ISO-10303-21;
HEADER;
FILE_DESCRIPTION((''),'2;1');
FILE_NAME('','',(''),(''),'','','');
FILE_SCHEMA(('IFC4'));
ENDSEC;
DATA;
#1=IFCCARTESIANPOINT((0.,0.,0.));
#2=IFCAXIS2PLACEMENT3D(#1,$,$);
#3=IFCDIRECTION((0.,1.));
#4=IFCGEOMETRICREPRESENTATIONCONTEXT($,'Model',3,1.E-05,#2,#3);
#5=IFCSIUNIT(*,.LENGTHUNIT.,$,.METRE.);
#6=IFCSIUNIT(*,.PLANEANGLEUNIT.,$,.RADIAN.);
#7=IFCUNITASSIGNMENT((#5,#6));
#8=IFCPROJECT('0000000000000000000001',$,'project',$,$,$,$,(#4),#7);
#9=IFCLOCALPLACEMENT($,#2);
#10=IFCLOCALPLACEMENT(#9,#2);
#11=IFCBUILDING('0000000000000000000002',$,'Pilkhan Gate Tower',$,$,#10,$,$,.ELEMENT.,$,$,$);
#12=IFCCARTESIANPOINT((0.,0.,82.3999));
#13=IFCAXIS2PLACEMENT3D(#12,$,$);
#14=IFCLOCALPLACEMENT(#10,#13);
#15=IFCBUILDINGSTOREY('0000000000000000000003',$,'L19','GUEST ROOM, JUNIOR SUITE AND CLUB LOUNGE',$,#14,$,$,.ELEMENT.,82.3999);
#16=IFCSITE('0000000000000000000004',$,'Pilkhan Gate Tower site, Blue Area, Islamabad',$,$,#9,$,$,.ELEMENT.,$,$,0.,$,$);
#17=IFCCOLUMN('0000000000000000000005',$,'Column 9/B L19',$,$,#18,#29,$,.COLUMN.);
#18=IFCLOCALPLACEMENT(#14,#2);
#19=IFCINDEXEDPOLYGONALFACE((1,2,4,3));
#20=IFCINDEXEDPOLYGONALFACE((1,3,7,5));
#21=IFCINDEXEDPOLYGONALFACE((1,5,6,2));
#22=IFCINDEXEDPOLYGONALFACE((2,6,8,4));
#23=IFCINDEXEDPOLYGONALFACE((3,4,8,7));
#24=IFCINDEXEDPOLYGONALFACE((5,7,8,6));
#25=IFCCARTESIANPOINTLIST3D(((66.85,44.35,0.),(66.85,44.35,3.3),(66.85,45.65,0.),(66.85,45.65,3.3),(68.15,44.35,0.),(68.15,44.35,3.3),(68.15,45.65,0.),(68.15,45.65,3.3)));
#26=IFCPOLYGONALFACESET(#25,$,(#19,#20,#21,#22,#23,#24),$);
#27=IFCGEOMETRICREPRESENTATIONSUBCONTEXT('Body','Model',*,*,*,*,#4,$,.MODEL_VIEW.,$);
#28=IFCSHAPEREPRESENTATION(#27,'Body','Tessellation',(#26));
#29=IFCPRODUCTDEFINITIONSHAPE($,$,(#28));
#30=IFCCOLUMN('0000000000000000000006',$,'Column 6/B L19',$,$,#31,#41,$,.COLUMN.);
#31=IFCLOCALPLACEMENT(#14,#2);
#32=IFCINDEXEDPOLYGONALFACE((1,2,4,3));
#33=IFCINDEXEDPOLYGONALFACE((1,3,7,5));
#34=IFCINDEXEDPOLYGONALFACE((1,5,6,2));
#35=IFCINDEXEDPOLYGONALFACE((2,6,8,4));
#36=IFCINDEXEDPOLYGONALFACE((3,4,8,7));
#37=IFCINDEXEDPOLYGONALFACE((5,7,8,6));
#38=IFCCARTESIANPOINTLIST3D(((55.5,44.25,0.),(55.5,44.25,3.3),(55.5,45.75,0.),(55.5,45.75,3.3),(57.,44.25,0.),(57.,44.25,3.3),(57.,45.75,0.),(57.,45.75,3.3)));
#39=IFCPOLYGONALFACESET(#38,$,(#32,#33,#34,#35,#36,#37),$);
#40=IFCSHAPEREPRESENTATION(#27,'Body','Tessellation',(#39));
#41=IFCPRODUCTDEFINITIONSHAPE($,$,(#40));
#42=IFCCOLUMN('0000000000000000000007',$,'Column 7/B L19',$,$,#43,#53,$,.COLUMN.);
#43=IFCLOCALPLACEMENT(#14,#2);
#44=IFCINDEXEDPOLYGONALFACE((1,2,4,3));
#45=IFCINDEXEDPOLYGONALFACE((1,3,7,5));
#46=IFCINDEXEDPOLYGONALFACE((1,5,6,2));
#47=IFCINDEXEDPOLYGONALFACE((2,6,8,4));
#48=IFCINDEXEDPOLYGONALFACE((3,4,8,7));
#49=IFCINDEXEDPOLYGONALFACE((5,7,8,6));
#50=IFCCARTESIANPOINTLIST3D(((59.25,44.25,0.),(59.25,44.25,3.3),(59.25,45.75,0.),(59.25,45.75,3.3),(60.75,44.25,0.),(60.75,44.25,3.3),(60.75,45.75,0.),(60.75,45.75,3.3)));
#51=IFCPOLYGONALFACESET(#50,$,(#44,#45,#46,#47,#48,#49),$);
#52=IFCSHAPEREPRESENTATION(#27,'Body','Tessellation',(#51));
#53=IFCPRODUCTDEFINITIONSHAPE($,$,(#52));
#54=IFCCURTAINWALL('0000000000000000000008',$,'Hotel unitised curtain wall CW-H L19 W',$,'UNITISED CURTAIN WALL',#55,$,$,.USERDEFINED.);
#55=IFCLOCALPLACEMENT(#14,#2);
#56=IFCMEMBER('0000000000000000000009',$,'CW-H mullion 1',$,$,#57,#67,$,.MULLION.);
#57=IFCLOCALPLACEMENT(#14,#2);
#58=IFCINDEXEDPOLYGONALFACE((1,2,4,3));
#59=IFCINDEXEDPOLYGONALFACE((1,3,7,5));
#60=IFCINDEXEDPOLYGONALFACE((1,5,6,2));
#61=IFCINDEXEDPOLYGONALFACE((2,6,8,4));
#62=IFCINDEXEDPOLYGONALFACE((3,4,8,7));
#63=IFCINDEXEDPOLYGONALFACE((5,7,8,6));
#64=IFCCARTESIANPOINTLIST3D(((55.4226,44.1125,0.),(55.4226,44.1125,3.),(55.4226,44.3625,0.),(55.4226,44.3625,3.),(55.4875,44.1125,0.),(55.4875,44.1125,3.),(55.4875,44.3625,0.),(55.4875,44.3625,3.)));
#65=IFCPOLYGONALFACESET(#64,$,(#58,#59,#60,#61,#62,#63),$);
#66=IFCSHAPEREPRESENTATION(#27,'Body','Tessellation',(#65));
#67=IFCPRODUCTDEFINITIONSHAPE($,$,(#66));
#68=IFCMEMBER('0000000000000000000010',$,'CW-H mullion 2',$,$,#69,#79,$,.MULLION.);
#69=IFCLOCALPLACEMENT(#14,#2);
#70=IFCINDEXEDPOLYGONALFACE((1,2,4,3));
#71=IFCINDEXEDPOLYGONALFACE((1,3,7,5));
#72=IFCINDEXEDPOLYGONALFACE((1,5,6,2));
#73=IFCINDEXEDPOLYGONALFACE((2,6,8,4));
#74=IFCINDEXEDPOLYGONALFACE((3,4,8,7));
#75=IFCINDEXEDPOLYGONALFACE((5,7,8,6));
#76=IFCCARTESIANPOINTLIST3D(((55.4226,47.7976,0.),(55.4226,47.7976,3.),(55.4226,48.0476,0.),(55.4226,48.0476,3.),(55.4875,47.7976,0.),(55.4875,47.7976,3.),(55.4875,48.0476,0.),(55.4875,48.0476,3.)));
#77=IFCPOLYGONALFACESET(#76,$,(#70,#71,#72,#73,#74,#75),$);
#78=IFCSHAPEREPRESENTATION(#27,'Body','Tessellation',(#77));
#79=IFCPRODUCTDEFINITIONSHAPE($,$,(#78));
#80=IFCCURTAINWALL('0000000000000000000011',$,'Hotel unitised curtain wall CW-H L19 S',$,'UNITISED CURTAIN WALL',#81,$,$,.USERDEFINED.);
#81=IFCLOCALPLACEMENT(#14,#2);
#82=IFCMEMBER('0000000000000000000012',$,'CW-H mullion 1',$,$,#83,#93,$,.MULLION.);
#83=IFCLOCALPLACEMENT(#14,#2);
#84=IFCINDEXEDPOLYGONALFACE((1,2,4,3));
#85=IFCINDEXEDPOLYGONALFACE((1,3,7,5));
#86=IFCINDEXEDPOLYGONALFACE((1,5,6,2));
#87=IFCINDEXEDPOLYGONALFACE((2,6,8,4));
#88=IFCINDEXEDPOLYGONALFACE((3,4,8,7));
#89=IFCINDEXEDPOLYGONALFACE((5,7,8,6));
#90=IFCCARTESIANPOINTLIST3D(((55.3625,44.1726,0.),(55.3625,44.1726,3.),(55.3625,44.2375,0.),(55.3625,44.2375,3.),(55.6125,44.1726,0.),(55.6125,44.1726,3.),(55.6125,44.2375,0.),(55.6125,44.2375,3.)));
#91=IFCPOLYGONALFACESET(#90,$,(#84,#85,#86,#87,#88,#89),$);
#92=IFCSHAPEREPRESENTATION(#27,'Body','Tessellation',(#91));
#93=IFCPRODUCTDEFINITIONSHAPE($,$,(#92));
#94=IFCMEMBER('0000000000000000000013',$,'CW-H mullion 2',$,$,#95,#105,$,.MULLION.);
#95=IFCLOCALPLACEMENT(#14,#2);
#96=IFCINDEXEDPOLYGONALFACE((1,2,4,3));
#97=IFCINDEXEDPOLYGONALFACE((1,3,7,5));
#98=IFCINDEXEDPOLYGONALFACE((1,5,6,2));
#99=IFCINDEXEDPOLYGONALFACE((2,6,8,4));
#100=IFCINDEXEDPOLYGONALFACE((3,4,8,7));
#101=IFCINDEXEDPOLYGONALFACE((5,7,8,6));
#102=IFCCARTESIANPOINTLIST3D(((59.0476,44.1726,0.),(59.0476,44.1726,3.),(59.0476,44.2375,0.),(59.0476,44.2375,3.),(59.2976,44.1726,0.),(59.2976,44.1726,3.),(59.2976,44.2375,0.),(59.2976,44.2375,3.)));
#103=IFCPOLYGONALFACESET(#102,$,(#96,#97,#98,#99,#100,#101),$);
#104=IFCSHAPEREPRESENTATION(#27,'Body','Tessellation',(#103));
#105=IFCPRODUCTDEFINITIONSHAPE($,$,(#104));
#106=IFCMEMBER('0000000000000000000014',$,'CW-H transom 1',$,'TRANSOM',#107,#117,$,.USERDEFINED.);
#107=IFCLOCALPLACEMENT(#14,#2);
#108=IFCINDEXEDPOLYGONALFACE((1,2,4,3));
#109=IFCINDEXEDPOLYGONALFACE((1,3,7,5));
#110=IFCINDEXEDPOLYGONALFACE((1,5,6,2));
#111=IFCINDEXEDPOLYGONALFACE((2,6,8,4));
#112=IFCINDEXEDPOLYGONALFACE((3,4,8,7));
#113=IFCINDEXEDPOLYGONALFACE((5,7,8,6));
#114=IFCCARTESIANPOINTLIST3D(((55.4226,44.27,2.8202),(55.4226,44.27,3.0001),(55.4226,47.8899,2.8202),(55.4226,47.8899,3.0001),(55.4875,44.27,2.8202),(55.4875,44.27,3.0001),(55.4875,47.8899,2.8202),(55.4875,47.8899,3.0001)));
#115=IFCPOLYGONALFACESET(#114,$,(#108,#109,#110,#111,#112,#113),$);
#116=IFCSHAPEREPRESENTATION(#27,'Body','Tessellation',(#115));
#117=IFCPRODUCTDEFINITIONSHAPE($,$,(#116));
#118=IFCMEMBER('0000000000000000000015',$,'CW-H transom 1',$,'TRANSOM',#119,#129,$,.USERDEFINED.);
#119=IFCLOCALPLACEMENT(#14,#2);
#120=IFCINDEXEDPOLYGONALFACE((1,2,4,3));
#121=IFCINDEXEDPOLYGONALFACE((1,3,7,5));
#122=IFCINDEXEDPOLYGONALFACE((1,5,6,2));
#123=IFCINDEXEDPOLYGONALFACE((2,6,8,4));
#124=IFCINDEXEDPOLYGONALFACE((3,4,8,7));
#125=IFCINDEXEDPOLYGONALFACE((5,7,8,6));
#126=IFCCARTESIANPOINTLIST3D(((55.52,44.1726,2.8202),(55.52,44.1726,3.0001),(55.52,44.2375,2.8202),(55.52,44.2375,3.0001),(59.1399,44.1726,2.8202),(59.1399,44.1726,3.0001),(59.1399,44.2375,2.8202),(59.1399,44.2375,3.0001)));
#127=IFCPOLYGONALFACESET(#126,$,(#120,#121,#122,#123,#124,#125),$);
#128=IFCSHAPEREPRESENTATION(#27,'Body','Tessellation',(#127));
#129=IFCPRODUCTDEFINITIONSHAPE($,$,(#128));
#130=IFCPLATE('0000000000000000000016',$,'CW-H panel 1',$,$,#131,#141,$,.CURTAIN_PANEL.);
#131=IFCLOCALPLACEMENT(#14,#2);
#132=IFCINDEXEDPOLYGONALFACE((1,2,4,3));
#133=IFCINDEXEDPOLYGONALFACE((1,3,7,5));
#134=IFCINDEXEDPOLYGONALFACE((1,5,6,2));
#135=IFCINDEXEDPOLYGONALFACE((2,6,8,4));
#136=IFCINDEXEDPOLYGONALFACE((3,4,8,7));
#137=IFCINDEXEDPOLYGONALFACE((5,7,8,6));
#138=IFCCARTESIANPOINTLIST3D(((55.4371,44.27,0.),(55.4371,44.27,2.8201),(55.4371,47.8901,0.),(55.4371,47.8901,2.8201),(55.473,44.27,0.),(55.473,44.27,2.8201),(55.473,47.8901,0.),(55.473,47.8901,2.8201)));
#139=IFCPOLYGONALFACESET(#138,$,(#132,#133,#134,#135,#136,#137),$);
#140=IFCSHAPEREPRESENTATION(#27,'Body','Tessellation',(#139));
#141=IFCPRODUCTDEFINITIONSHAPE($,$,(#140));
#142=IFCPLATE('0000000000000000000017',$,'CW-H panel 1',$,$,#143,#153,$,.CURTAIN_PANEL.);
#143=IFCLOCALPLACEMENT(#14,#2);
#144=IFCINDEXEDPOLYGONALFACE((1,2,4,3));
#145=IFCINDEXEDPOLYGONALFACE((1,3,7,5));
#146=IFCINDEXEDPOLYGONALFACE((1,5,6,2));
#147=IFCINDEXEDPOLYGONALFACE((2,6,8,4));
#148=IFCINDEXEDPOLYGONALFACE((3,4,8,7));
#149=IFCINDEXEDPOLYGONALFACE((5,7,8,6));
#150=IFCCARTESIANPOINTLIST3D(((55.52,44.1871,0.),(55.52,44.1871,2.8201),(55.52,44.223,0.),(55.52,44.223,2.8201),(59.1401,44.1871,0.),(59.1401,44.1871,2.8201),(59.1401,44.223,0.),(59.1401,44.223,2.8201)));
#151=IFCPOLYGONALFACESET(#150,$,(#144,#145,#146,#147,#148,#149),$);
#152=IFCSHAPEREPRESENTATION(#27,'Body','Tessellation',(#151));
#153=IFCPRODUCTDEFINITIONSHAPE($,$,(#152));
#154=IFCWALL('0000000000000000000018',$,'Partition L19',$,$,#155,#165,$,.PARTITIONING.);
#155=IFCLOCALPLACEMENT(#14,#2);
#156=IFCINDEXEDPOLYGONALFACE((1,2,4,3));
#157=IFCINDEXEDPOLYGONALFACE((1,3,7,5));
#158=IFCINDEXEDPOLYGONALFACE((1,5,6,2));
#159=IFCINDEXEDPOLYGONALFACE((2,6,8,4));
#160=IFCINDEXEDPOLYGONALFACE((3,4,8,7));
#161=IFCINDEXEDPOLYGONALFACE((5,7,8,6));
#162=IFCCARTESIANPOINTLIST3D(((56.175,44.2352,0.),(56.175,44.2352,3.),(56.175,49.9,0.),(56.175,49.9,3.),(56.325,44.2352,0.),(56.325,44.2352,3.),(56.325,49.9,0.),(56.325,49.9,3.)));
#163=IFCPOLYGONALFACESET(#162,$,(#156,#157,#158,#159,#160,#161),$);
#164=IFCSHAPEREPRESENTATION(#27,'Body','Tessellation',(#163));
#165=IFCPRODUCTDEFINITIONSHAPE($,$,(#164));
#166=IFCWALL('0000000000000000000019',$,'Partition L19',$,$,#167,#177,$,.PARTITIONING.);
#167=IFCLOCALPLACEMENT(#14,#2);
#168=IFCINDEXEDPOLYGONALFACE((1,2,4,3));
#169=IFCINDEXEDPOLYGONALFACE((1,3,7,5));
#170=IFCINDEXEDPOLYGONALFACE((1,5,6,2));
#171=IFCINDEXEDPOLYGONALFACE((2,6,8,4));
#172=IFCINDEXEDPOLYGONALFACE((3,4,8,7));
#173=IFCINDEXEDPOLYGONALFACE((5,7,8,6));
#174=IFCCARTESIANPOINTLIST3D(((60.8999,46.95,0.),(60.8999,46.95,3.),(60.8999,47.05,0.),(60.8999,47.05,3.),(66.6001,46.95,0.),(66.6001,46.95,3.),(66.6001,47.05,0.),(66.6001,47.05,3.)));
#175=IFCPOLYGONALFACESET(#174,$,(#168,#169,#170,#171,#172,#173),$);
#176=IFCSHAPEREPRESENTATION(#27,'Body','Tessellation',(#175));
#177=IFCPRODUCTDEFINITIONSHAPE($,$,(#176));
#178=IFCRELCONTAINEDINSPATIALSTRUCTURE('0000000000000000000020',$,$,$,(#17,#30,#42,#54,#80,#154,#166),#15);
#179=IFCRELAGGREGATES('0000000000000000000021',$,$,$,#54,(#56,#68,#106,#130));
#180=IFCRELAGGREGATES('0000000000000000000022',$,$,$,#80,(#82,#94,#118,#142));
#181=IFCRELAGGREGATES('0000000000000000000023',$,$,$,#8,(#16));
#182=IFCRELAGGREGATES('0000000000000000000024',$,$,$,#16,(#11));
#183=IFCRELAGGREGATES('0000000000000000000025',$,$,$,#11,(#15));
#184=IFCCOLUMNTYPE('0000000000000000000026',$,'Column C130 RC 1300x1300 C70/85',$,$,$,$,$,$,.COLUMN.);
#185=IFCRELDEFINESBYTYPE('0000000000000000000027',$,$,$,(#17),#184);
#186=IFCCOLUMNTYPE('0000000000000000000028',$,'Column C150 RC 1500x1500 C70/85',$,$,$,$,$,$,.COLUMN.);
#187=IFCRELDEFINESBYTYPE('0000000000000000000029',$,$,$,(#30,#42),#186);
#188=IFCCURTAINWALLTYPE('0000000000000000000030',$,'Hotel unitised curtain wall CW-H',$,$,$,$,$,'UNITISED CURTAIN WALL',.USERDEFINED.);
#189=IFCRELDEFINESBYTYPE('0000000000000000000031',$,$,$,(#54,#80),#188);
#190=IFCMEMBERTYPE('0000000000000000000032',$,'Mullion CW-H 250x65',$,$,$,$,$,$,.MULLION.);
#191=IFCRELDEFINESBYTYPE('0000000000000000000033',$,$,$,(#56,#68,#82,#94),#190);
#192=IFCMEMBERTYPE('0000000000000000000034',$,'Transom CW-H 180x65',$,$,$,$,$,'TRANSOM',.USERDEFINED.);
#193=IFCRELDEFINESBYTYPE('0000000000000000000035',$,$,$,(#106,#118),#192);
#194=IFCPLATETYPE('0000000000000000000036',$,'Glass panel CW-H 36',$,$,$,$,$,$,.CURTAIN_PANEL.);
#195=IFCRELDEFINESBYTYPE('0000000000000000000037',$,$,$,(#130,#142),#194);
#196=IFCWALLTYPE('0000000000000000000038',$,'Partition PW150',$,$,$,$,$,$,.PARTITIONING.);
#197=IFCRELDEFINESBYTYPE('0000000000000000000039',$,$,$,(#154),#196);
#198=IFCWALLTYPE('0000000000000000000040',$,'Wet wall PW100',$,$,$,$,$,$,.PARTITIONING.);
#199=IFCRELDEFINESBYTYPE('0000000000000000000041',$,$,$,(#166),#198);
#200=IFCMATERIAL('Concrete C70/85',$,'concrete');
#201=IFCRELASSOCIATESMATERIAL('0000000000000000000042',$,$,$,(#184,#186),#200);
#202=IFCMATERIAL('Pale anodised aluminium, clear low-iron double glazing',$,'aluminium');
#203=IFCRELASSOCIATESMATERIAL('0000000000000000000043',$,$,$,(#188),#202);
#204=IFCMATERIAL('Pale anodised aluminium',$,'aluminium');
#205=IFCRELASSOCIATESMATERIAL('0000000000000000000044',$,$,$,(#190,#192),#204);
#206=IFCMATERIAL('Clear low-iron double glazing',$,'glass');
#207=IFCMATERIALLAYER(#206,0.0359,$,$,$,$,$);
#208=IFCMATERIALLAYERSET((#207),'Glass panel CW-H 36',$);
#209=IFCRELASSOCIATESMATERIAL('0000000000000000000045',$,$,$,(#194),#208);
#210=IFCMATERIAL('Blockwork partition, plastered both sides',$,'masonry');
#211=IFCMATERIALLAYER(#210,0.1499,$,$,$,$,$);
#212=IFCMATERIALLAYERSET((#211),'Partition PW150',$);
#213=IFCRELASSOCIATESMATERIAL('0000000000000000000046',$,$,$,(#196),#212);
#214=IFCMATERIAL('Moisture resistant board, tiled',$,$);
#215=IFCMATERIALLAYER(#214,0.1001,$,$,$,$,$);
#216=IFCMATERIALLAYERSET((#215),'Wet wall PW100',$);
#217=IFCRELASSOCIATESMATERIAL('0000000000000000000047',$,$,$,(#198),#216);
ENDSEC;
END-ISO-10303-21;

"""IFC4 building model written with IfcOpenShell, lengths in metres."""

from ifc_helpers import new_model, si_unit, direction, frame, frame_2d, origin, origin_2d, place, context, subcontext, project, spatial, rectangle, extrude, material, layer, layer_set, material_profile, profile_set, type_object, element, aggregate, save


model = new_model("IFC4")

# Units and contexts
model_context = context("Model", 3, precision=1e-05, world=origin(), true_north=direction((0.0, 1.0)))
body_context = subcontext(model_context, "Body", "Model", "MODEL_VIEW")
ifc_project = project(units=[si_unit("LENGTHUNIT", "METRE"), si_unit("PLANEANGLEUNIT", "RADIAN")], contexts=[model_context])

# Site, building, storey
site_placement = place(None, origin())
site = spatial("IfcSite", under=ifc_project, at=site_placement, Name="Pilkhan Gate Tower site, Blue Area, Islamabad", CompositionType="ELEMENT", RefElevation=0.0)
building_placement = place(site_placement, origin())
building = spatial("IfcBuilding", under=site, at=building_placement, Name="Pilkhan Gate Tower", CompositionType="ELEMENT")
storey_placement = place(building_placement, frame((0.0, 0.0, 82.3999)))
storey = spatial("IfcBuildingStorey", under=building, at=storey_placement, Name="L19", Description="GUEST ROOM, JUNIOR SUITE AND CLUB LOUNGE", CompositionType="ELEMENT", Elevation=82.3999)

# Columns
ifc_material_1 = material(Name="Concrete C70/85", Category="concrete")
ifc_material_profile_1 = material_profile(ifc_material_1, rectangle(XDim=1.3, YDim=1.3, at=origin_2d()), Name="RC 1300x1300")
ifc_profile_set_1 = profile_set([ifc_material_profile_1], Name="Concrete C70/85")
column_type_1 = type_object("IfcColumnType", Name="Column C130 RC 1300x1300 C70/85", PredefinedType="COLUMN", material=ifc_profile_set_1)
column_placement = place(storey_placement, frame((67.5, 45.0, 0.0), z_axis=(0.0, 0.0, 1.0), x_axis=(1.0, 0.0, 0.0)))
element("IfcColumn", 1, at=column_placement, inside=storey, type_object=column_type_1, Name="Column 9/B L19", PredefinedType="COLUMN", context=body_context, shape_type="SweptSolid", body=[
    extrude(rectangle(XDim=1.3, YDim=1.3, at=origin_2d()), origin(), (0.0, 0.0, 1.0), 3.3),
])
ifc_material_profile_2 = material_profile(ifc_material_1, rectangle(XDim=1.5, YDim=1.5, at=origin_2d()), Name="RC 1500x1500")
ifc_profile_set_2 = profile_set([ifc_material_profile_2], Name="Concrete C70/85")
column_type_2 = type_object("IfcColumnType", Name="Column C150 RC 1500x1500 C70/85", PredefinedType="COLUMN", material=ifc_profile_set_2)
for number, where, z_axis, x_axis, name in (
    (2, (56.25, 45.0, 0.0), (0.0, 0.0, 1.0), (1.0, 0.0, 0.0), "Column 6/B L19"),
    (3, (60.0, 45.0, 0.0), (0.0, 0.0, 1.0), (1.0, 0.0, 0.0), "Column 7/B L19"),
):
    element("IfcColumn", number, at=place(storey_placement, frame(where, z_axis=z_axis, x_axis=x_axis)), inside=storey, type_object=column_type_2, Name=name, PredefinedType="COLUMN", context=body_context, shape_type="SweptSolid", body=[
        extrude(rectangle(XDim=1.5, YDim=1.5, at=origin_2d()), origin(), (0.0, 0.0, 1.0), 3.3),
    ])

# Curtain walls, members
ifc_material_2 = material(Name="Pale anodised aluminium, clear low-iron double glazing", Category="aluminium")
curtain_wall_type = type_object("IfcCurtainWallType", Name="Hotel unitised curtain wall CW-H", ElementType="UNITISED CURTAIN WALL", PredefinedType="USERDEFINED", material=ifc_material_2)
curtain_wall_1_placement = place(storey_placement, origin())
curtain_wall_1 = element("IfcCurtainWall", 4, at=curtain_wall_1_placement, inside=storey, type_object=curtain_wall_type, Name="Hotel unitised curtain wall CW-H L19 W", ObjectType="UNITISED CURTAIN WALL", PredefinedType="USERDEFINED")
ifc_material_3 = material(Name="Pale anodised aluminium", Category="aluminium")
ifc_material_profile_3 = material_profile(ifc_material_3, rectangle(XDim=0.0649, YDim=0.25, at=origin_2d()), Name="Mullion 250x65")
ifc_profile_set_3 = profile_set([ifc_material_profile_3], Name="Pale anodised aluminium")
member_type_1 = type_object("IfcMemberType", Name="Mullion CW-H 250x65", PredefinedType="MULLION", material=ifc_profile_set_3)
member_1_placement = place(storey_placement, frame((55.4551, 44.2375, 0.0), z_axis=(0.0, 0.0, 1.0), x_axis=(-1.0, 0.0, 0.0)))
member_1 = element("IfcMember", 5, at=member_1_placement, type_object=member_type_1, Name="CW-H mullion 1", PredefinedType="MULLION", context=body_context, shape_type="SweptSolid", body=[
    extrude(rectangle(XDim=0.0649, YDim=0.25, at=origin_2d()), origin(), (0.0, 0.0, 1.0), 3.0),
])
member_2_placement = place(storey_placement, frame((55.4551, 47.9226, 0.0), z_axis=(0.0, 0.0, 1.0), x_axis=(-1.0, 0.0, 0.0)))
member_2 = element("IfcMember", 6, at=member_2_placement, type_object=member_type_1, Name="CW-H mullion 2", PredefinedType="MULLION", context=body_context, shape_type="SweptSolid", body=[
    extrude(rectangle(XDim=0.0649, YDim=0.25, at=origin_2d()), origin(), (0.0, 0.0, 1.0), 3.0),
])
curtain_wall_2_placement = place(storey_placement, origin())
curtain_wall_2 = element("IfcCurtainWall", 7, at=curtain_wall_2_placement, inside=storey, type_object=curtain_wall_type, Name="Hotel unitised curtain wall CW-H L19 S", ObjectType="UNITISED CURTAIN WALL", PredefinedType="USERDEFINED")
member_3_placement = place(storey_placement, frame((55.4875, 44.2051, 0.0), z_axis=(0.0, 0.0, 1.0), x_axis=(0.0, 1.0, 0.0)))
member_3 = element("IfcMember", 8, at=member_3_placement, type_object=member_type_1, Name="CW-H mullion 1", PredefinedType="MULLION", context=body_context, shape_type="SweptSolid", body=[
    extrude(rectangle(XDim=0.0649, YDim=0.25, at=origin_2d()), origin(), (0.0, 0.0, 1.0), 3.0),
])
member_4_placement = place(storey_placement, frame((59.1726, 44.2051, 0.0), z_axis=(0.0, 0.0, 1.0), x_axis=(0.0, 1.0, 0.0)))
member_4 = element("IfcMember", 9, at=member_4_placement, type_object=member_type_1, Name="CW-H mullion 2", PredefinedType="MULLION", context=body_context, shape_type="SweptSolid", body=[
    extrude(rectangle(XDim=0.0649, YDim=0.25, at=origin_2d()), origin(), (0.0, 0.0, 1.0), 3.0),
])

# Members
ifc_material_profile_4 = material_profile(ifc_material_3, rectangle(XDim=0.0649, YDim=0.1799, at=origin_2d()), Name="Transom 180x65")
ifc_profile_set_4 = profile_set([ifc_material_profile_4], Name="Pale anodised aluminium")
member_type_2 = type_object("IfcMemberType", Name="Transom CW-H 180x65", ElementType="TRANSOM", PredefinedType="USERDEFINED", material=ifc_profile_set_4)
member_5_placement = place(storey_placement, frame((55.4551, 44.27, 2.9102), z_axis=(0.0, 1.0, 0.0), x_axis=(-1.0, 0.0, 0.0)))
member_5 = element("IfcMember", 10, at=member_5_placement, type_object=member_type_2, Name="CW-H transom 1", ObjectType="TRANSOM", PredefinedType="USERDEFINED", context=body_context, shape_type="SweptSolid", body=[
    extrude(rectangle(XDim=0.0649, YDim=0.1799, at=origin_2d()), origin(), (0.0, 0.0, 1.0), 3.6199),
])
member_6_placement = place(storey_placement, frame((55.52, 44.2051, 2.9102), z_axis=(1.0, 0.0, 0.0), x_axis=(0.0, 1.0, 0.0)))
member_6 = element("IfcMember", 11, at=member_6_placement, type_object=member_type_2, Name="CW-H transom 1", ObjectType="TRANSOM", PredefinedType="USERDEFINED", context=body_context, shape_type="SweptSolid", body=[
    extrude(rectangle(XDim=0.0649, YDim=0.1799, at=origin_2d()), origin(), (0.0, 0.0, 1.0), 3.6199),
])

# Plates
ifc_material_4 = material(Name="Clear low-iron double glazing", Category="glass")
ifc_layer_1 = layer(ifc_material_4, 0.0359)
ifc_layer_set_1 = layer_set([ifc_layer_1], Name="Glass panel CW-H 36")
plate_type = type_object("IfcPlateType", Name="Glass panel CW-H 36", PredefinedType="CURTAIN_PANEL", material=ifc_layer_set_1)
plate_1_placement = place(storey_placement, frame((55.4551, 46.0801, 0.0), z_axis=(0.0, 0.0, 1.0), x_axis=(0.0, 1.0, 0.0)))
plate_1 = element("IfcPlate", 12, at=plate_1_placement, type_object=plate_type, Name="CW-H panel 1", PredefinedType="CURTAIN_PANEL", context=body_context, shape_type="SweptSolid", body=[
    extrude(rectangle(XDim=3.6201, YDim=0.0359, at=origin_2d()), origin(), (0.0, 0.0, 1.0), 2.8201),
])
aggregate(curtain_wall_1, [member_1, member_2, member_5, plate_1])
plate_2_placement = place(storey_placement, frame((57.3301, 44.2051, 0.0), z_axis=(0.0, 0.0, 1.0), x_axis=(1.0, 0.0, 0.0)))
plate_2 = element("IfcPlate", 13, at=plate_2_placement, type_object=plate_type, Name="CW-H panel 1", PredefinedType="CURTAIN_PANEL", context=body_context, shape_type="SweptSolid", body=[
    extrude(rectangle(XDim=3.6201, YDim=0.0359, at=origin_2d()), origin(), (0.0, 0.0, 1.0), 2.8201),
])
aggregate(curtain_wall_2, [member_3, member_4, member_6, plate_2])

# Walls
ifc_material_5 = material(Name="Blockwork partition, plastered both sides", Category="masonry")
ifc_layer_2 = layer(ifc_material_5, 0.1499)
ifc_layer_set_2 = layer_set([ifc_layer_2], Name="Partition PW150")
wall_type_1 = type_object("IfcWallType", Name="Partition PW150", PredefinedType="PARTITIONING", material=ifc_layer_set_2)
wall_1_placement = place(storey_placement, frame((56.25, 44.2351, 0.0), z_axis=(0.0, 0.0, 1.0), x_axis=(0.0, 1.0, 0.0)))
element("IfcWall", 14, at=wall_1_placement, inside=storey, type_object=wall_type_1, Name="Partition L19", PredefinedType="PARTITIONING", context=body_context, shape_type="SweptSolid", body=[
    extrude(rectangle(XDim=5.6648, YDim=0.1499, at=frame_2d((2.8325, 0.0))), origin(), (0.0, 0.0, 1.0), 3.0),
])
ifc_material_6 = material(Name="Moisture resistant board, tiled")
ifc_layer_3 = layer(ifc_material_6, 0.1001)
ifc_layer_set_3 = layer_set([ifc_layer_3], Name="Wet wall PW100")
wall_type_2 = type_object("IfcWallType", Name="Wet wall PW100", PredefinedType="PARTITIONING", material=ifc_layer_set_3)
wall_2_placement = place(storey_placement, frame((60.8999, 47.0, 0.0), z_axis=(0.0, 0.0, 1.0), x_axis=(1.0, 0.0, 0.0)))
element("IfcWall", 15, at=wall_2_placement, inside=storey, type_object=wall_type_2, Name="Partition L19", PredefinedType="PARTITIONING", context=body_context, shape_type="SweptSolid", body=[
    extrude(rectangle(XDim=5.7002, YDim=0.1001, at=frame_2d((2.8501, 0.0))), origin(), (0.0, 0.0, 1.0), 3.0),
])

save(model, "model.ifc")
